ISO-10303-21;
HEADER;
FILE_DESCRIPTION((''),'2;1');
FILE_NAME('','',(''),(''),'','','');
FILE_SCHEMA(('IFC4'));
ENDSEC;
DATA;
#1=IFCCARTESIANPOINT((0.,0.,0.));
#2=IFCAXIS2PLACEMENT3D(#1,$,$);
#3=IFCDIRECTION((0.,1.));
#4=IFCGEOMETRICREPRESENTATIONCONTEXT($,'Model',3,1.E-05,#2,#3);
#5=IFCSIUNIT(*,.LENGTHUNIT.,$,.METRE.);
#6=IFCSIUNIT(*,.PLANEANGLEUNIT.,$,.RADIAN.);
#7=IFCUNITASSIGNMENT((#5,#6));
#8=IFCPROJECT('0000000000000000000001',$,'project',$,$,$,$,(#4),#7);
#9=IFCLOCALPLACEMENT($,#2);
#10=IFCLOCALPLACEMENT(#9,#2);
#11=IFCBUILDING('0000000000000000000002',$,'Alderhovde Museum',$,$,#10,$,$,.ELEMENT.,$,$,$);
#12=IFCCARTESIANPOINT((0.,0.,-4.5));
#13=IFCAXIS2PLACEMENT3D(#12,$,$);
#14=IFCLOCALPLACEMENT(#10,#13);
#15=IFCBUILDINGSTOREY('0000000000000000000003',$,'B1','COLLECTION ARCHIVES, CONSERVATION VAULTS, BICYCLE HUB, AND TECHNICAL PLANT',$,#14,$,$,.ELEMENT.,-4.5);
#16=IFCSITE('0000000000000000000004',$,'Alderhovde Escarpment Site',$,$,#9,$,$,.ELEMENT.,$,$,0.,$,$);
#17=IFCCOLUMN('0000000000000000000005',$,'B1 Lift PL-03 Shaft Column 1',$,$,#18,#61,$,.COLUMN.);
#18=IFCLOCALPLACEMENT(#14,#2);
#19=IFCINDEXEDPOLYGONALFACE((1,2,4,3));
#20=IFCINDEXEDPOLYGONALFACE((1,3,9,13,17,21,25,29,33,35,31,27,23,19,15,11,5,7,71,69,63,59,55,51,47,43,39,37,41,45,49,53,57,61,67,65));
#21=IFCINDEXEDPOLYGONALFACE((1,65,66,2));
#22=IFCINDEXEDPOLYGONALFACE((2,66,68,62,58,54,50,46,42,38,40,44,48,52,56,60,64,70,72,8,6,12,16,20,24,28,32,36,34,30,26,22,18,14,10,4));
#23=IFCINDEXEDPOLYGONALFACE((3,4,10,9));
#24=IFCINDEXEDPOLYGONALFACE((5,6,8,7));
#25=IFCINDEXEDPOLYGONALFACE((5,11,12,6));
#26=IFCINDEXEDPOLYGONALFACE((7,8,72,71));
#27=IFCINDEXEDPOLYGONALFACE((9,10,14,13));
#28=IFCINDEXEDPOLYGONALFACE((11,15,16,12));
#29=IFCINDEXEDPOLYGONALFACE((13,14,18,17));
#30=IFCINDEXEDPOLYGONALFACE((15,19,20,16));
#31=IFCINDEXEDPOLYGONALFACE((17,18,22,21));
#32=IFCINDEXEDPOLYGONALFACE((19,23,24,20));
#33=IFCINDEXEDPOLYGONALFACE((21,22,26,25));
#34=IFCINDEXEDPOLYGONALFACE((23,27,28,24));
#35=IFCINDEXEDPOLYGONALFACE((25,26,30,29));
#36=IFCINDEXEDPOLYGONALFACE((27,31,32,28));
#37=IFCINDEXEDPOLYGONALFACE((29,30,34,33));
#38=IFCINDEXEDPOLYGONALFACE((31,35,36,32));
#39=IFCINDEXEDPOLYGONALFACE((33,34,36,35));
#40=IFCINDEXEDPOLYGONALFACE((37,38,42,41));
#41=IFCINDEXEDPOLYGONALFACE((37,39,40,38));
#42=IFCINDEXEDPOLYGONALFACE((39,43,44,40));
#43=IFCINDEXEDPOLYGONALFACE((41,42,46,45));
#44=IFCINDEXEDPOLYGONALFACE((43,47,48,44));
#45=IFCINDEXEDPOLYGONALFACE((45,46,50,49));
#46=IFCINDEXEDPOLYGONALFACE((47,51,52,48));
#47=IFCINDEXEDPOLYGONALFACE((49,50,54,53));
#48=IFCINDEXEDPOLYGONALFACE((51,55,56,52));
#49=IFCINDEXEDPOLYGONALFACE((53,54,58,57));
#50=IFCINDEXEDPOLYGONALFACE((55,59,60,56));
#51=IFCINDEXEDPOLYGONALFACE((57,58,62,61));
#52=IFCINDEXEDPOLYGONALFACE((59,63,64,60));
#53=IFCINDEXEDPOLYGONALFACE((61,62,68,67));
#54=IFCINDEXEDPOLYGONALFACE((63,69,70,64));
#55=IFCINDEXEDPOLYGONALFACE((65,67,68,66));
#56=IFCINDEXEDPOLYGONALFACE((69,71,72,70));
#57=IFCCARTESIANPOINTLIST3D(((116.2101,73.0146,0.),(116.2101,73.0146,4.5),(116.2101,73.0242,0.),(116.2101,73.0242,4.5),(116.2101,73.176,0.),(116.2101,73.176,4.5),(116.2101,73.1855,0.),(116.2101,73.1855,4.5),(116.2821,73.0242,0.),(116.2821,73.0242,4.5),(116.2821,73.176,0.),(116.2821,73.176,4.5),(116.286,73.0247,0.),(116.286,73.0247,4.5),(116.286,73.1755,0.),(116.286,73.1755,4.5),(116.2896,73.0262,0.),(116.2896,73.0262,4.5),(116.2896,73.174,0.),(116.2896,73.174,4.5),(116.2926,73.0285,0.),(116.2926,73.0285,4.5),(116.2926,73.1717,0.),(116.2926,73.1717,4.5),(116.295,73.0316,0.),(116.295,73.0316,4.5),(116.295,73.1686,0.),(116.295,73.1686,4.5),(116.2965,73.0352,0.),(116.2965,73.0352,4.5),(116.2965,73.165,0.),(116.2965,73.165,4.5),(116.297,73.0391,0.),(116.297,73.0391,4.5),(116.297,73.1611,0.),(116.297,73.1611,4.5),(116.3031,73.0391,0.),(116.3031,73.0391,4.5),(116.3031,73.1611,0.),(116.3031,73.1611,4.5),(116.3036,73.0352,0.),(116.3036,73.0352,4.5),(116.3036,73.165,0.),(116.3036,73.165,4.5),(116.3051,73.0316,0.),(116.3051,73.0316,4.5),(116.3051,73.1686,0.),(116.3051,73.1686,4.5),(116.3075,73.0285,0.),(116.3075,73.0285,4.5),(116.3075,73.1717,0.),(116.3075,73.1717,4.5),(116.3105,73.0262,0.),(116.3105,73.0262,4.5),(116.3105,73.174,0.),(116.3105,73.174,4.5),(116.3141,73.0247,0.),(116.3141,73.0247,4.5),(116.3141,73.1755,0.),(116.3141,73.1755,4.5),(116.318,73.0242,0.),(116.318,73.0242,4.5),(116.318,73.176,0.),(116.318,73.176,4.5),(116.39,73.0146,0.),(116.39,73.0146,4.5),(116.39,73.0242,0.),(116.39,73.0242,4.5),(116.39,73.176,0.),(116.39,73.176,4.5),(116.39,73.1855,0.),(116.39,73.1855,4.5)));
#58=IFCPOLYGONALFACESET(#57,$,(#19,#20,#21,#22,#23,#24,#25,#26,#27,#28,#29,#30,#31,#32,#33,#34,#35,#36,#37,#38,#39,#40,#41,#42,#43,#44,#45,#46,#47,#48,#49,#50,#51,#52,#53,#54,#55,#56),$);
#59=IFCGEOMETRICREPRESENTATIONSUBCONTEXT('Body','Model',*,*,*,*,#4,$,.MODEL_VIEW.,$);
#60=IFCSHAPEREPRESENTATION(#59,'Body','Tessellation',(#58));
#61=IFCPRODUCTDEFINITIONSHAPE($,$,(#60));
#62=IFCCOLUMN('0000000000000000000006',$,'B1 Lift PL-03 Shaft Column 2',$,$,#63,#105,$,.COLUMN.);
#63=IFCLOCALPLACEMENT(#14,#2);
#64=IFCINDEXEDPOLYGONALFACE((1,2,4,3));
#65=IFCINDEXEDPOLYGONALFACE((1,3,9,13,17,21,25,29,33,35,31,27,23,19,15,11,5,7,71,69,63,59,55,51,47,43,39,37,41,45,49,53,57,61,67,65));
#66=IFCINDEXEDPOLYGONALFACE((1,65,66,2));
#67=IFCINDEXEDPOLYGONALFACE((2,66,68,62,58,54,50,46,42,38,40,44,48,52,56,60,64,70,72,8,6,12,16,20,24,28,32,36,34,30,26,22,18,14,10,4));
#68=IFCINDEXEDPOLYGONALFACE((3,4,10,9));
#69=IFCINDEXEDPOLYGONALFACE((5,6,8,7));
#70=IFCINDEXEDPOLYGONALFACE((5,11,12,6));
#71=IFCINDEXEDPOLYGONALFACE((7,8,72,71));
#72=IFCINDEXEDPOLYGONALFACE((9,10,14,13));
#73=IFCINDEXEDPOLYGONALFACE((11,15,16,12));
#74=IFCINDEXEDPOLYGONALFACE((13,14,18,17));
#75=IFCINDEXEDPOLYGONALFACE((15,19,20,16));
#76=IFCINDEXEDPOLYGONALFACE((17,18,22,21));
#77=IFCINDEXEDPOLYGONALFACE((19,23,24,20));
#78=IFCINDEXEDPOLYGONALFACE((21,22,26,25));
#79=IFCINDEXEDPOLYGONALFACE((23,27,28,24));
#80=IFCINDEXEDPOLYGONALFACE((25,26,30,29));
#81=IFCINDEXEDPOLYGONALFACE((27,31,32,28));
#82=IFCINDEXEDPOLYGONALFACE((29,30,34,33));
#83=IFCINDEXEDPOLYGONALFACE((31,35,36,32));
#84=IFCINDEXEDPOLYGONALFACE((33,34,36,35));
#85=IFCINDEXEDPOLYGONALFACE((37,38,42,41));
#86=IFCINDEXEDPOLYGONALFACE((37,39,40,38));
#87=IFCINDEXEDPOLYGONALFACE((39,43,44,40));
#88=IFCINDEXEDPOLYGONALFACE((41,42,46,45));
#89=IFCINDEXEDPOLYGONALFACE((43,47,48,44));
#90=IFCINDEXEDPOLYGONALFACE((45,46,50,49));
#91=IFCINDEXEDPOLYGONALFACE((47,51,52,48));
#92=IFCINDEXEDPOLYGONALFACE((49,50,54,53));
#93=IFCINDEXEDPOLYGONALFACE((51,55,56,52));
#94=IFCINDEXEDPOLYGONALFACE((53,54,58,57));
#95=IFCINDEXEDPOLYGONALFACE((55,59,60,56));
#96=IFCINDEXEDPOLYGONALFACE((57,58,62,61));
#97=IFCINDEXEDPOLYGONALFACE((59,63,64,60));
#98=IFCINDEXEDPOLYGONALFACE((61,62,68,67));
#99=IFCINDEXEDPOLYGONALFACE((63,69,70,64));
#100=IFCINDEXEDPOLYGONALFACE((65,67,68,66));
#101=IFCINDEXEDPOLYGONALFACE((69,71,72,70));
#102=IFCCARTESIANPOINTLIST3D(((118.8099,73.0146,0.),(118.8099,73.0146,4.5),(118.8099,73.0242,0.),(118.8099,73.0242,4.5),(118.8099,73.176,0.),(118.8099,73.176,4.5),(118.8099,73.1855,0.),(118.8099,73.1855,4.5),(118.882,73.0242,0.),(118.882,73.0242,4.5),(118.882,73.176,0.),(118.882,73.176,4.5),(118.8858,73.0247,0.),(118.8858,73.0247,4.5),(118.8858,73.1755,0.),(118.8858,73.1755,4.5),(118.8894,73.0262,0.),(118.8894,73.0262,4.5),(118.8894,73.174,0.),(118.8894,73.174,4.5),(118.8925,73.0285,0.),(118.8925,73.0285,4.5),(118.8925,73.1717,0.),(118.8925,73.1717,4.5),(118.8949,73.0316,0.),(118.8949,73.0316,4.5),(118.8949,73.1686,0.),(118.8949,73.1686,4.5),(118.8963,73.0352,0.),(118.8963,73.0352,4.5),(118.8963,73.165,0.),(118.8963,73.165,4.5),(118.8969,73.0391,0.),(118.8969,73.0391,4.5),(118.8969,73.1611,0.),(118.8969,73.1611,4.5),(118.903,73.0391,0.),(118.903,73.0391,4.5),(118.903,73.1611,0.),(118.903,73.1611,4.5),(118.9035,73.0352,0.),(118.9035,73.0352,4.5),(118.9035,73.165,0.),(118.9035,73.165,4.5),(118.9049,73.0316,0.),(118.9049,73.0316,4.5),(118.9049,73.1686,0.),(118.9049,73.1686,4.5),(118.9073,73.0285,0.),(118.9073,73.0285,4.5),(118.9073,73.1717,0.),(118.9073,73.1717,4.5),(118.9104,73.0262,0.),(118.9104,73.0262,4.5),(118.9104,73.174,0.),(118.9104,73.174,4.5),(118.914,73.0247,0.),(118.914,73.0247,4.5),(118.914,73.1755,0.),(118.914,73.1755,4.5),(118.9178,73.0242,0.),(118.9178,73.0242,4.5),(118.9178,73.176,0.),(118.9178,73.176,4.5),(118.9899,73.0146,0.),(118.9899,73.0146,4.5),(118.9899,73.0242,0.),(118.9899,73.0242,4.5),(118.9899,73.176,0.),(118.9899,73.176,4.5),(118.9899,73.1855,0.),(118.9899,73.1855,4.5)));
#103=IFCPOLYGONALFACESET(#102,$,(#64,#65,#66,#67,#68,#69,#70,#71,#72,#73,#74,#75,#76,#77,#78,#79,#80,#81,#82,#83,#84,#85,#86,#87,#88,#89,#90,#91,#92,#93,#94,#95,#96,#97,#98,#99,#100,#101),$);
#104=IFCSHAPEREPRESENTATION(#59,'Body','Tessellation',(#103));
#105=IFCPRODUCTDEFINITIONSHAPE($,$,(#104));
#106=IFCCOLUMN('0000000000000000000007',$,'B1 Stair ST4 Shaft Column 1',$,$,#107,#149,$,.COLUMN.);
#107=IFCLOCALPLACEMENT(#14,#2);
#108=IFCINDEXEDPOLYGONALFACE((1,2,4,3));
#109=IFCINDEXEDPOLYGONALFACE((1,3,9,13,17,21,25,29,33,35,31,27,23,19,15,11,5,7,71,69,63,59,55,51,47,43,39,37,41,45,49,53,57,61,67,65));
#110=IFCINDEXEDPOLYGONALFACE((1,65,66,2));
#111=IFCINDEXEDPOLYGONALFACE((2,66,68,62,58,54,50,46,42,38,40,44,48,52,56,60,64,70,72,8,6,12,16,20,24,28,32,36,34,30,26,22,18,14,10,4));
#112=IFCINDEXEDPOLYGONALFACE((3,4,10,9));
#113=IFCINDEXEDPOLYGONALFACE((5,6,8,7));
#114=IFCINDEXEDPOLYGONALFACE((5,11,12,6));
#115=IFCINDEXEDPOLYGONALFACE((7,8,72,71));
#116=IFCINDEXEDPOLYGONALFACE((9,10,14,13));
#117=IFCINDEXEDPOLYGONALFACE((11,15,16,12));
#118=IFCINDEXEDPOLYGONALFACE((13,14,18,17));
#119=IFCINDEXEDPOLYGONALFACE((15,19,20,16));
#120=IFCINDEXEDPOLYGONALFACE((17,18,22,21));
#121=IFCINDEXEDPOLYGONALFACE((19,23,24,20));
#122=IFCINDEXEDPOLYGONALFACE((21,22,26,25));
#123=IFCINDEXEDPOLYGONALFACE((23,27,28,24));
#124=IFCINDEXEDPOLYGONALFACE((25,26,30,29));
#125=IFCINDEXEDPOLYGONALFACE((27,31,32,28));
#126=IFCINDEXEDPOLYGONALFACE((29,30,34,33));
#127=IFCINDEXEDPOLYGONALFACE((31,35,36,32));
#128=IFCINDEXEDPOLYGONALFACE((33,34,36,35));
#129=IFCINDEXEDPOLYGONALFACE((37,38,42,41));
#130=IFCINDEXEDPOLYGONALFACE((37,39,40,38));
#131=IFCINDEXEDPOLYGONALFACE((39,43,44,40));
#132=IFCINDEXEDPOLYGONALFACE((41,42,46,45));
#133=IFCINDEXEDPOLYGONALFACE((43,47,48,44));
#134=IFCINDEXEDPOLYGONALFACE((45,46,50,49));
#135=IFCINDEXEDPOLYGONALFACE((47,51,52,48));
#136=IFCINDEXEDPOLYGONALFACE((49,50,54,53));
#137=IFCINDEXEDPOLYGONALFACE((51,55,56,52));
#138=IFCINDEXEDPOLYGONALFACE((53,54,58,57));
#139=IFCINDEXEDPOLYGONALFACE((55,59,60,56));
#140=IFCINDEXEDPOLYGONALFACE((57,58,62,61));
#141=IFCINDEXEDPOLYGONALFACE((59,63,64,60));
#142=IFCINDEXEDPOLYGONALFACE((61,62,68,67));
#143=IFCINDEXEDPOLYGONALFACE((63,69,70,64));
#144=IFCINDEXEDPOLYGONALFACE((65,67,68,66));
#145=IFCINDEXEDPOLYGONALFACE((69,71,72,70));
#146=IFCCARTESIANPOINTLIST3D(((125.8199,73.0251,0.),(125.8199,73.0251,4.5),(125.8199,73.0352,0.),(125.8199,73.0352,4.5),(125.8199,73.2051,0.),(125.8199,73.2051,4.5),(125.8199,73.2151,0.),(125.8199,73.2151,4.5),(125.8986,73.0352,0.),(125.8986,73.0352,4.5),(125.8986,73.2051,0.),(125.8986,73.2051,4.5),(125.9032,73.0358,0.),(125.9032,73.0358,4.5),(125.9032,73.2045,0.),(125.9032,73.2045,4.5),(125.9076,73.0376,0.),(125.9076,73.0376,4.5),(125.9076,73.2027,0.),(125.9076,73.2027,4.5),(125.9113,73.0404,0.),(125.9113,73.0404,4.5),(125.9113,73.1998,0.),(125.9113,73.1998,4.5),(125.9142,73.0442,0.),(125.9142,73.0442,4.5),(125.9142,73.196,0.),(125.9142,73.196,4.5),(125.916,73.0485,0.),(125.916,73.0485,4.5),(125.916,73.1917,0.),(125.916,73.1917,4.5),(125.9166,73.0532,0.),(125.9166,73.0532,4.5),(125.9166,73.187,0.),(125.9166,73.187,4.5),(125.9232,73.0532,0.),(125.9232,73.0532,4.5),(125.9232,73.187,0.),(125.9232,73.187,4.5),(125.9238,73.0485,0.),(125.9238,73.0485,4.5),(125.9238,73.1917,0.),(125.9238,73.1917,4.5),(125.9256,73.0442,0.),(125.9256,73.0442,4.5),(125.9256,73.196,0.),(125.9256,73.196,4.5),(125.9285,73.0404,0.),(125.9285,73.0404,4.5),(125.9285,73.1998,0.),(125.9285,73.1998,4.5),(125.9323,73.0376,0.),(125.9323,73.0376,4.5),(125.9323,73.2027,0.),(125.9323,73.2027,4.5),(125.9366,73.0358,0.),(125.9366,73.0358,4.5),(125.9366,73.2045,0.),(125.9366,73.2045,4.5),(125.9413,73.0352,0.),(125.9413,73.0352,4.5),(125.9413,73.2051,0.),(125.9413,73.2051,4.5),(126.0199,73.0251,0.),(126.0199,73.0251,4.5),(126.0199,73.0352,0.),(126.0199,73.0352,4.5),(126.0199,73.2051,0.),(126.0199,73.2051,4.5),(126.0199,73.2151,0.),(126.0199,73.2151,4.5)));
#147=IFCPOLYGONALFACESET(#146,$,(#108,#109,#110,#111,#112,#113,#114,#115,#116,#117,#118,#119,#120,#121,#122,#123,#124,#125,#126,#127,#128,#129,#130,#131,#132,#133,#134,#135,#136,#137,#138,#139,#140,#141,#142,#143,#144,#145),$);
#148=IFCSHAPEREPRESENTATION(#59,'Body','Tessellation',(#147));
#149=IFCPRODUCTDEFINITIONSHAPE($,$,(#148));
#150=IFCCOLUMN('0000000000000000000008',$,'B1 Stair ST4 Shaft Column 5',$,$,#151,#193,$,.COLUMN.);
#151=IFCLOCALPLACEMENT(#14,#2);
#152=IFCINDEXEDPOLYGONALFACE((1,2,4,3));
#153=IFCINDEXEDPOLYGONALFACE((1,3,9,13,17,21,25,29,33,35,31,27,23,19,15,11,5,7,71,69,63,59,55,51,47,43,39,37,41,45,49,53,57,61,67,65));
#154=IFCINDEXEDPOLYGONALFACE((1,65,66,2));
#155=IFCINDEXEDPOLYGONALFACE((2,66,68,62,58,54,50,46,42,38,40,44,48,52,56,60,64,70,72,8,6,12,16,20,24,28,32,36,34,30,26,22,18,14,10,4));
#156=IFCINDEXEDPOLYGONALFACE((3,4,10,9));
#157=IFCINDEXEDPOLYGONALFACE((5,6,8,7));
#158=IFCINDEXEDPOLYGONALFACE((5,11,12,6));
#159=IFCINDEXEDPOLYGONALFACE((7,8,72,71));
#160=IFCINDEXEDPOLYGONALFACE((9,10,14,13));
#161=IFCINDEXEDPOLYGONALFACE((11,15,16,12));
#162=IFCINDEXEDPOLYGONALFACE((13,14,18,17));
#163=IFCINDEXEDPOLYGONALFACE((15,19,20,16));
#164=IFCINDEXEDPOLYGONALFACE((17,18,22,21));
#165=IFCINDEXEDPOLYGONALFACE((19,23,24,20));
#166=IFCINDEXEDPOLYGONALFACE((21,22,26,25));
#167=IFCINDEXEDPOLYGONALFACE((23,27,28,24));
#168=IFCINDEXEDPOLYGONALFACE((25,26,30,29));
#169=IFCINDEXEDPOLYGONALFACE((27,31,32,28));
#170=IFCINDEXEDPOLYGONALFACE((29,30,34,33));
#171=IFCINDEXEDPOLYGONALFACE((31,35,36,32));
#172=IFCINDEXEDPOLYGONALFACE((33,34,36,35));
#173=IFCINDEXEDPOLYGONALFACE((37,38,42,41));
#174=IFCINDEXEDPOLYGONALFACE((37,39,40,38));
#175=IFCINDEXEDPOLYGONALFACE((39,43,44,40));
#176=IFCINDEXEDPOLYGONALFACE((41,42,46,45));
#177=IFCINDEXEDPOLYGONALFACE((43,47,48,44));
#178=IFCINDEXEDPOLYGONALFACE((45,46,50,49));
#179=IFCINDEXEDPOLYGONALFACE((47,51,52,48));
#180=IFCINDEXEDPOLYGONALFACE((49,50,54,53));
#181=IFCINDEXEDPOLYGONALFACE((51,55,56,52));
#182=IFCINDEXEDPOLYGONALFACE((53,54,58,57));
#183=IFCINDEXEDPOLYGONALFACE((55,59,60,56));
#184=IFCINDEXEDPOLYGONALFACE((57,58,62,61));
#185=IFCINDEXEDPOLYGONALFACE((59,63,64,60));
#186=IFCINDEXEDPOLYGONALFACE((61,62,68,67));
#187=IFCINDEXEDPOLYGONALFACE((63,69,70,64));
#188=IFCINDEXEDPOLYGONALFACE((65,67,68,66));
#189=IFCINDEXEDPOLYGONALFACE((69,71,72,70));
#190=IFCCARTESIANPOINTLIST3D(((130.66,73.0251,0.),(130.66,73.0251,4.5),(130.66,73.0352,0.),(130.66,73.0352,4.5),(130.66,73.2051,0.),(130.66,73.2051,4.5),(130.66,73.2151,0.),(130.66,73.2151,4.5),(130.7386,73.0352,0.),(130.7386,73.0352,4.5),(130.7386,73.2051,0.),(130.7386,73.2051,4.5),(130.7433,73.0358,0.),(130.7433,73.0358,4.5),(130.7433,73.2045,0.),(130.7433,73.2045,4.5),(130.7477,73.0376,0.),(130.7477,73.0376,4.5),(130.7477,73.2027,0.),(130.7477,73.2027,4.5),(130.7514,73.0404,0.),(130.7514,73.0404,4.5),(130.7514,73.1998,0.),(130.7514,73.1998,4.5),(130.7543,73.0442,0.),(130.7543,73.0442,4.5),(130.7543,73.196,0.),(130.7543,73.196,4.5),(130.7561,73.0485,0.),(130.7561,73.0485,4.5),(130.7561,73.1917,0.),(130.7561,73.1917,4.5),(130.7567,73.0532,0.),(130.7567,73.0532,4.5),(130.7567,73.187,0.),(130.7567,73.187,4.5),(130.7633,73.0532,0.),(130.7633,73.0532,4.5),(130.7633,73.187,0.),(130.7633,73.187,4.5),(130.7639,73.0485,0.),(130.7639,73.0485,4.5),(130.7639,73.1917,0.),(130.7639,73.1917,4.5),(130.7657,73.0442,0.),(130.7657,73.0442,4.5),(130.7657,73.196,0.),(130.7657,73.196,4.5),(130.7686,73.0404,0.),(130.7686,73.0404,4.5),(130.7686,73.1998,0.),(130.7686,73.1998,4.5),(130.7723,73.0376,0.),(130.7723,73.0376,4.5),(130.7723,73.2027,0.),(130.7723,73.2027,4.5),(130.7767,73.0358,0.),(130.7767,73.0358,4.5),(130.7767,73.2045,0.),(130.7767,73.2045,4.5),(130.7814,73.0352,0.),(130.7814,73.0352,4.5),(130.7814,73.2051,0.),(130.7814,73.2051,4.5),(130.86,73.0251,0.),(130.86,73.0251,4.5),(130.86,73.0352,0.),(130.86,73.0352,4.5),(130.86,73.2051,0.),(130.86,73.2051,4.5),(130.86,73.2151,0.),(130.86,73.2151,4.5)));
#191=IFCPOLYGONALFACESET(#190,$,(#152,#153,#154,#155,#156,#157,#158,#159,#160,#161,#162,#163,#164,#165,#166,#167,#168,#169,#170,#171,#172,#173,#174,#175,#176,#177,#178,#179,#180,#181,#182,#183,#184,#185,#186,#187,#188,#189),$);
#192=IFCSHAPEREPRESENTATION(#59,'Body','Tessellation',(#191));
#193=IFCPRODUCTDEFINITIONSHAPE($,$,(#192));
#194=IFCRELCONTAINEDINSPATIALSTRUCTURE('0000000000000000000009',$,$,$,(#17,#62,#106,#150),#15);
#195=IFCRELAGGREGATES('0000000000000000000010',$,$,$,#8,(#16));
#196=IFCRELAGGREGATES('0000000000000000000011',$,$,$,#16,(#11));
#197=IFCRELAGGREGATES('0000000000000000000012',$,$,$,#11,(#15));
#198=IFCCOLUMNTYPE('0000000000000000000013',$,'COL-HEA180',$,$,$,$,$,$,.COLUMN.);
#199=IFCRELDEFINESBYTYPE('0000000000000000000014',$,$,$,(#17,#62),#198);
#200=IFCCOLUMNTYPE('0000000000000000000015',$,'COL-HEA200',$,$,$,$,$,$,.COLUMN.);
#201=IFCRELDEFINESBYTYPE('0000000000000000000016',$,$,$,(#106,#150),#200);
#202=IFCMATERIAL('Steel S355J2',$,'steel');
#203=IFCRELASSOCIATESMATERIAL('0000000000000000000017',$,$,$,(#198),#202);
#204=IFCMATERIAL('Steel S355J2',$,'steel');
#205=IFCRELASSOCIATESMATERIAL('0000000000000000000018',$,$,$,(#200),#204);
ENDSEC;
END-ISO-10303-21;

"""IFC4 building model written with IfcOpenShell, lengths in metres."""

from ifc_helpers import new_model, si_unit, direction, frame, origin, origin_2d, place, context, subcontext, project, spatial, i_section, extrude, material, material_profile, profile_set, type_object, element, save


model = new_model("IFC4")

# Units and contexts
model_context = context("Model", 3, precision=1e-05, world=origin(), true_north=direction((0.0, 1.0)))
body_context = subcontext(model_context, "Body", "Model", "MODEL_VIEW")
ifc_project = project(units=[si_unit("LENGTHUNIT", "METRE"), si_unit("PLANEANGLEUNIT", "RADIAN")], contexts=[model_context])

# Site, building, storey
site_placement = place(None, origin())
site = spatial("IfcSite", under=ifc_project, at=site_placement, Name="Alderhovde Escarpment Site", CompositionType="ELEMENT", RefElevation=0.0)
building_placement = place(site_placement, origin())
building = spatial("IfcBuilding", under=site, at=building_placement, Name="Alderhovde Museum", CompositionType="ELEMENT")
storey_placement = place(building_placement, frame((0.0, 0.0, -4.5)))
storey = spatial("IfcBuildingStorey", under=building, at=storey_placement, Name="B1", Description="COLLECTION ARCHIVES, CONSERVATION VAULTS, BICYCLE HUB, AND TECHNICAL PLANT", CompositionType="ELEMENT", Elevation=-4.5)

# Columns
ifc_material_1 = material(Name="Steel S355J2", Category="steel")
ifc_material_profile_1 = material_profile(ifc_material_1, i_section(OverallWidth=0.1799, OverallDepth=0.1709, WebThickness=0.0061, FlangeThickness=0.0095, FilletRadius=0.0149, at=origin_2d()), Name="HEA 180")
ifc_profile_set_1 = profile_set([ifc_material_profile_1], Name="Steel S355J2")
column_type_1 = type_object("IfcColumnType", Name="COL-HEA180", PredefinedType="COLUMN", material=ifc_profile_set_1)
for number, where, z_axis, x_axis, name in (
    (1, (116.3, 73.1001, 0.0), (0.0, 0.0, 1.0), (1.0, 0.0, 0.0), "B1 Lift PL-03 Shaft Column 1"),
    (2, (118.8999, 73.1001, 0.0), (0.0, 0.0, 1.0), (1.0, 0.0, 0.0), "B1 Lift PL-03 Shaft Column 2"),
):
    element("IfcColumn", number, at=place(storey_placement, frame(where, z_axis=z_axis, x_axis=x_axis)), inside=storey, type_object=column_type_1, Name=name, PredefinedType="COLUMN", context=body_context, shape_type="SweptSolid", body=[
        extrude(i_section(OverallWidth=0.1799, OverallDepth=0.1709, WebThickness=0.0061, FlangeThickness=0.0095, FilletRadius=0.0149, at=origin_2d()), origin(), (0.0, 0.0, 1.0), 4.5),
    ])
ifc_material_2 = material(Name="Steel S355J2", Category="steel")
ifc_material_profile_2 = material_profile(ifc_material_2, i_section(OverallWidth=0.2, OverallDepth=0.1899, WebThickness=0.0066, FlangeThickness=0.01, FilletRadius=0.0181, at=origin_2d()), Name="HEA 200")
ifc_profile_set_2 = profile_set([ifc_material_profile_2], Name="Steel S355J2")
column_type_2 = type_object("IfcColumnType", Name="COL-HEA200", PredefinedType="COLUMN", material=ifc_profile_set_2)
for number, where, z_axis, x_axis, name in (
    (3, (125.9199, 73.1201, 0.0), (0.0, 0.0, 1.0), (1.0, 0.0, 0.0), "B1 Stair ST4 Shaft Column 1"),
    (4, (130.76, 73.1201, 0.0), (0.0, 0.0, 1.0), (1.0, 0.0, 0.0), "B1 Stair ST4 Shaft Column 5"),
):
    element("IfcColumn", number, at=place(storey_placement, frame(where, z_axis=z_axis, x_axis=x_axis)), inside=storey, type_object=column_type_2, Name=name, PredefinedType="COLUMN", context=body_context, shape_type="SweptSolid", body=[
        extrude(i_section(OverallWidth=0.2, OverallDepth=0.1899, WebThickness=0.0066, FlangeThickness=0.01, FilletRadius=0.0181, at=origin_2d()), origin(), (0.0, 0.0, 1.0), 4.5),
    ])

save(model, "model.ifc")
